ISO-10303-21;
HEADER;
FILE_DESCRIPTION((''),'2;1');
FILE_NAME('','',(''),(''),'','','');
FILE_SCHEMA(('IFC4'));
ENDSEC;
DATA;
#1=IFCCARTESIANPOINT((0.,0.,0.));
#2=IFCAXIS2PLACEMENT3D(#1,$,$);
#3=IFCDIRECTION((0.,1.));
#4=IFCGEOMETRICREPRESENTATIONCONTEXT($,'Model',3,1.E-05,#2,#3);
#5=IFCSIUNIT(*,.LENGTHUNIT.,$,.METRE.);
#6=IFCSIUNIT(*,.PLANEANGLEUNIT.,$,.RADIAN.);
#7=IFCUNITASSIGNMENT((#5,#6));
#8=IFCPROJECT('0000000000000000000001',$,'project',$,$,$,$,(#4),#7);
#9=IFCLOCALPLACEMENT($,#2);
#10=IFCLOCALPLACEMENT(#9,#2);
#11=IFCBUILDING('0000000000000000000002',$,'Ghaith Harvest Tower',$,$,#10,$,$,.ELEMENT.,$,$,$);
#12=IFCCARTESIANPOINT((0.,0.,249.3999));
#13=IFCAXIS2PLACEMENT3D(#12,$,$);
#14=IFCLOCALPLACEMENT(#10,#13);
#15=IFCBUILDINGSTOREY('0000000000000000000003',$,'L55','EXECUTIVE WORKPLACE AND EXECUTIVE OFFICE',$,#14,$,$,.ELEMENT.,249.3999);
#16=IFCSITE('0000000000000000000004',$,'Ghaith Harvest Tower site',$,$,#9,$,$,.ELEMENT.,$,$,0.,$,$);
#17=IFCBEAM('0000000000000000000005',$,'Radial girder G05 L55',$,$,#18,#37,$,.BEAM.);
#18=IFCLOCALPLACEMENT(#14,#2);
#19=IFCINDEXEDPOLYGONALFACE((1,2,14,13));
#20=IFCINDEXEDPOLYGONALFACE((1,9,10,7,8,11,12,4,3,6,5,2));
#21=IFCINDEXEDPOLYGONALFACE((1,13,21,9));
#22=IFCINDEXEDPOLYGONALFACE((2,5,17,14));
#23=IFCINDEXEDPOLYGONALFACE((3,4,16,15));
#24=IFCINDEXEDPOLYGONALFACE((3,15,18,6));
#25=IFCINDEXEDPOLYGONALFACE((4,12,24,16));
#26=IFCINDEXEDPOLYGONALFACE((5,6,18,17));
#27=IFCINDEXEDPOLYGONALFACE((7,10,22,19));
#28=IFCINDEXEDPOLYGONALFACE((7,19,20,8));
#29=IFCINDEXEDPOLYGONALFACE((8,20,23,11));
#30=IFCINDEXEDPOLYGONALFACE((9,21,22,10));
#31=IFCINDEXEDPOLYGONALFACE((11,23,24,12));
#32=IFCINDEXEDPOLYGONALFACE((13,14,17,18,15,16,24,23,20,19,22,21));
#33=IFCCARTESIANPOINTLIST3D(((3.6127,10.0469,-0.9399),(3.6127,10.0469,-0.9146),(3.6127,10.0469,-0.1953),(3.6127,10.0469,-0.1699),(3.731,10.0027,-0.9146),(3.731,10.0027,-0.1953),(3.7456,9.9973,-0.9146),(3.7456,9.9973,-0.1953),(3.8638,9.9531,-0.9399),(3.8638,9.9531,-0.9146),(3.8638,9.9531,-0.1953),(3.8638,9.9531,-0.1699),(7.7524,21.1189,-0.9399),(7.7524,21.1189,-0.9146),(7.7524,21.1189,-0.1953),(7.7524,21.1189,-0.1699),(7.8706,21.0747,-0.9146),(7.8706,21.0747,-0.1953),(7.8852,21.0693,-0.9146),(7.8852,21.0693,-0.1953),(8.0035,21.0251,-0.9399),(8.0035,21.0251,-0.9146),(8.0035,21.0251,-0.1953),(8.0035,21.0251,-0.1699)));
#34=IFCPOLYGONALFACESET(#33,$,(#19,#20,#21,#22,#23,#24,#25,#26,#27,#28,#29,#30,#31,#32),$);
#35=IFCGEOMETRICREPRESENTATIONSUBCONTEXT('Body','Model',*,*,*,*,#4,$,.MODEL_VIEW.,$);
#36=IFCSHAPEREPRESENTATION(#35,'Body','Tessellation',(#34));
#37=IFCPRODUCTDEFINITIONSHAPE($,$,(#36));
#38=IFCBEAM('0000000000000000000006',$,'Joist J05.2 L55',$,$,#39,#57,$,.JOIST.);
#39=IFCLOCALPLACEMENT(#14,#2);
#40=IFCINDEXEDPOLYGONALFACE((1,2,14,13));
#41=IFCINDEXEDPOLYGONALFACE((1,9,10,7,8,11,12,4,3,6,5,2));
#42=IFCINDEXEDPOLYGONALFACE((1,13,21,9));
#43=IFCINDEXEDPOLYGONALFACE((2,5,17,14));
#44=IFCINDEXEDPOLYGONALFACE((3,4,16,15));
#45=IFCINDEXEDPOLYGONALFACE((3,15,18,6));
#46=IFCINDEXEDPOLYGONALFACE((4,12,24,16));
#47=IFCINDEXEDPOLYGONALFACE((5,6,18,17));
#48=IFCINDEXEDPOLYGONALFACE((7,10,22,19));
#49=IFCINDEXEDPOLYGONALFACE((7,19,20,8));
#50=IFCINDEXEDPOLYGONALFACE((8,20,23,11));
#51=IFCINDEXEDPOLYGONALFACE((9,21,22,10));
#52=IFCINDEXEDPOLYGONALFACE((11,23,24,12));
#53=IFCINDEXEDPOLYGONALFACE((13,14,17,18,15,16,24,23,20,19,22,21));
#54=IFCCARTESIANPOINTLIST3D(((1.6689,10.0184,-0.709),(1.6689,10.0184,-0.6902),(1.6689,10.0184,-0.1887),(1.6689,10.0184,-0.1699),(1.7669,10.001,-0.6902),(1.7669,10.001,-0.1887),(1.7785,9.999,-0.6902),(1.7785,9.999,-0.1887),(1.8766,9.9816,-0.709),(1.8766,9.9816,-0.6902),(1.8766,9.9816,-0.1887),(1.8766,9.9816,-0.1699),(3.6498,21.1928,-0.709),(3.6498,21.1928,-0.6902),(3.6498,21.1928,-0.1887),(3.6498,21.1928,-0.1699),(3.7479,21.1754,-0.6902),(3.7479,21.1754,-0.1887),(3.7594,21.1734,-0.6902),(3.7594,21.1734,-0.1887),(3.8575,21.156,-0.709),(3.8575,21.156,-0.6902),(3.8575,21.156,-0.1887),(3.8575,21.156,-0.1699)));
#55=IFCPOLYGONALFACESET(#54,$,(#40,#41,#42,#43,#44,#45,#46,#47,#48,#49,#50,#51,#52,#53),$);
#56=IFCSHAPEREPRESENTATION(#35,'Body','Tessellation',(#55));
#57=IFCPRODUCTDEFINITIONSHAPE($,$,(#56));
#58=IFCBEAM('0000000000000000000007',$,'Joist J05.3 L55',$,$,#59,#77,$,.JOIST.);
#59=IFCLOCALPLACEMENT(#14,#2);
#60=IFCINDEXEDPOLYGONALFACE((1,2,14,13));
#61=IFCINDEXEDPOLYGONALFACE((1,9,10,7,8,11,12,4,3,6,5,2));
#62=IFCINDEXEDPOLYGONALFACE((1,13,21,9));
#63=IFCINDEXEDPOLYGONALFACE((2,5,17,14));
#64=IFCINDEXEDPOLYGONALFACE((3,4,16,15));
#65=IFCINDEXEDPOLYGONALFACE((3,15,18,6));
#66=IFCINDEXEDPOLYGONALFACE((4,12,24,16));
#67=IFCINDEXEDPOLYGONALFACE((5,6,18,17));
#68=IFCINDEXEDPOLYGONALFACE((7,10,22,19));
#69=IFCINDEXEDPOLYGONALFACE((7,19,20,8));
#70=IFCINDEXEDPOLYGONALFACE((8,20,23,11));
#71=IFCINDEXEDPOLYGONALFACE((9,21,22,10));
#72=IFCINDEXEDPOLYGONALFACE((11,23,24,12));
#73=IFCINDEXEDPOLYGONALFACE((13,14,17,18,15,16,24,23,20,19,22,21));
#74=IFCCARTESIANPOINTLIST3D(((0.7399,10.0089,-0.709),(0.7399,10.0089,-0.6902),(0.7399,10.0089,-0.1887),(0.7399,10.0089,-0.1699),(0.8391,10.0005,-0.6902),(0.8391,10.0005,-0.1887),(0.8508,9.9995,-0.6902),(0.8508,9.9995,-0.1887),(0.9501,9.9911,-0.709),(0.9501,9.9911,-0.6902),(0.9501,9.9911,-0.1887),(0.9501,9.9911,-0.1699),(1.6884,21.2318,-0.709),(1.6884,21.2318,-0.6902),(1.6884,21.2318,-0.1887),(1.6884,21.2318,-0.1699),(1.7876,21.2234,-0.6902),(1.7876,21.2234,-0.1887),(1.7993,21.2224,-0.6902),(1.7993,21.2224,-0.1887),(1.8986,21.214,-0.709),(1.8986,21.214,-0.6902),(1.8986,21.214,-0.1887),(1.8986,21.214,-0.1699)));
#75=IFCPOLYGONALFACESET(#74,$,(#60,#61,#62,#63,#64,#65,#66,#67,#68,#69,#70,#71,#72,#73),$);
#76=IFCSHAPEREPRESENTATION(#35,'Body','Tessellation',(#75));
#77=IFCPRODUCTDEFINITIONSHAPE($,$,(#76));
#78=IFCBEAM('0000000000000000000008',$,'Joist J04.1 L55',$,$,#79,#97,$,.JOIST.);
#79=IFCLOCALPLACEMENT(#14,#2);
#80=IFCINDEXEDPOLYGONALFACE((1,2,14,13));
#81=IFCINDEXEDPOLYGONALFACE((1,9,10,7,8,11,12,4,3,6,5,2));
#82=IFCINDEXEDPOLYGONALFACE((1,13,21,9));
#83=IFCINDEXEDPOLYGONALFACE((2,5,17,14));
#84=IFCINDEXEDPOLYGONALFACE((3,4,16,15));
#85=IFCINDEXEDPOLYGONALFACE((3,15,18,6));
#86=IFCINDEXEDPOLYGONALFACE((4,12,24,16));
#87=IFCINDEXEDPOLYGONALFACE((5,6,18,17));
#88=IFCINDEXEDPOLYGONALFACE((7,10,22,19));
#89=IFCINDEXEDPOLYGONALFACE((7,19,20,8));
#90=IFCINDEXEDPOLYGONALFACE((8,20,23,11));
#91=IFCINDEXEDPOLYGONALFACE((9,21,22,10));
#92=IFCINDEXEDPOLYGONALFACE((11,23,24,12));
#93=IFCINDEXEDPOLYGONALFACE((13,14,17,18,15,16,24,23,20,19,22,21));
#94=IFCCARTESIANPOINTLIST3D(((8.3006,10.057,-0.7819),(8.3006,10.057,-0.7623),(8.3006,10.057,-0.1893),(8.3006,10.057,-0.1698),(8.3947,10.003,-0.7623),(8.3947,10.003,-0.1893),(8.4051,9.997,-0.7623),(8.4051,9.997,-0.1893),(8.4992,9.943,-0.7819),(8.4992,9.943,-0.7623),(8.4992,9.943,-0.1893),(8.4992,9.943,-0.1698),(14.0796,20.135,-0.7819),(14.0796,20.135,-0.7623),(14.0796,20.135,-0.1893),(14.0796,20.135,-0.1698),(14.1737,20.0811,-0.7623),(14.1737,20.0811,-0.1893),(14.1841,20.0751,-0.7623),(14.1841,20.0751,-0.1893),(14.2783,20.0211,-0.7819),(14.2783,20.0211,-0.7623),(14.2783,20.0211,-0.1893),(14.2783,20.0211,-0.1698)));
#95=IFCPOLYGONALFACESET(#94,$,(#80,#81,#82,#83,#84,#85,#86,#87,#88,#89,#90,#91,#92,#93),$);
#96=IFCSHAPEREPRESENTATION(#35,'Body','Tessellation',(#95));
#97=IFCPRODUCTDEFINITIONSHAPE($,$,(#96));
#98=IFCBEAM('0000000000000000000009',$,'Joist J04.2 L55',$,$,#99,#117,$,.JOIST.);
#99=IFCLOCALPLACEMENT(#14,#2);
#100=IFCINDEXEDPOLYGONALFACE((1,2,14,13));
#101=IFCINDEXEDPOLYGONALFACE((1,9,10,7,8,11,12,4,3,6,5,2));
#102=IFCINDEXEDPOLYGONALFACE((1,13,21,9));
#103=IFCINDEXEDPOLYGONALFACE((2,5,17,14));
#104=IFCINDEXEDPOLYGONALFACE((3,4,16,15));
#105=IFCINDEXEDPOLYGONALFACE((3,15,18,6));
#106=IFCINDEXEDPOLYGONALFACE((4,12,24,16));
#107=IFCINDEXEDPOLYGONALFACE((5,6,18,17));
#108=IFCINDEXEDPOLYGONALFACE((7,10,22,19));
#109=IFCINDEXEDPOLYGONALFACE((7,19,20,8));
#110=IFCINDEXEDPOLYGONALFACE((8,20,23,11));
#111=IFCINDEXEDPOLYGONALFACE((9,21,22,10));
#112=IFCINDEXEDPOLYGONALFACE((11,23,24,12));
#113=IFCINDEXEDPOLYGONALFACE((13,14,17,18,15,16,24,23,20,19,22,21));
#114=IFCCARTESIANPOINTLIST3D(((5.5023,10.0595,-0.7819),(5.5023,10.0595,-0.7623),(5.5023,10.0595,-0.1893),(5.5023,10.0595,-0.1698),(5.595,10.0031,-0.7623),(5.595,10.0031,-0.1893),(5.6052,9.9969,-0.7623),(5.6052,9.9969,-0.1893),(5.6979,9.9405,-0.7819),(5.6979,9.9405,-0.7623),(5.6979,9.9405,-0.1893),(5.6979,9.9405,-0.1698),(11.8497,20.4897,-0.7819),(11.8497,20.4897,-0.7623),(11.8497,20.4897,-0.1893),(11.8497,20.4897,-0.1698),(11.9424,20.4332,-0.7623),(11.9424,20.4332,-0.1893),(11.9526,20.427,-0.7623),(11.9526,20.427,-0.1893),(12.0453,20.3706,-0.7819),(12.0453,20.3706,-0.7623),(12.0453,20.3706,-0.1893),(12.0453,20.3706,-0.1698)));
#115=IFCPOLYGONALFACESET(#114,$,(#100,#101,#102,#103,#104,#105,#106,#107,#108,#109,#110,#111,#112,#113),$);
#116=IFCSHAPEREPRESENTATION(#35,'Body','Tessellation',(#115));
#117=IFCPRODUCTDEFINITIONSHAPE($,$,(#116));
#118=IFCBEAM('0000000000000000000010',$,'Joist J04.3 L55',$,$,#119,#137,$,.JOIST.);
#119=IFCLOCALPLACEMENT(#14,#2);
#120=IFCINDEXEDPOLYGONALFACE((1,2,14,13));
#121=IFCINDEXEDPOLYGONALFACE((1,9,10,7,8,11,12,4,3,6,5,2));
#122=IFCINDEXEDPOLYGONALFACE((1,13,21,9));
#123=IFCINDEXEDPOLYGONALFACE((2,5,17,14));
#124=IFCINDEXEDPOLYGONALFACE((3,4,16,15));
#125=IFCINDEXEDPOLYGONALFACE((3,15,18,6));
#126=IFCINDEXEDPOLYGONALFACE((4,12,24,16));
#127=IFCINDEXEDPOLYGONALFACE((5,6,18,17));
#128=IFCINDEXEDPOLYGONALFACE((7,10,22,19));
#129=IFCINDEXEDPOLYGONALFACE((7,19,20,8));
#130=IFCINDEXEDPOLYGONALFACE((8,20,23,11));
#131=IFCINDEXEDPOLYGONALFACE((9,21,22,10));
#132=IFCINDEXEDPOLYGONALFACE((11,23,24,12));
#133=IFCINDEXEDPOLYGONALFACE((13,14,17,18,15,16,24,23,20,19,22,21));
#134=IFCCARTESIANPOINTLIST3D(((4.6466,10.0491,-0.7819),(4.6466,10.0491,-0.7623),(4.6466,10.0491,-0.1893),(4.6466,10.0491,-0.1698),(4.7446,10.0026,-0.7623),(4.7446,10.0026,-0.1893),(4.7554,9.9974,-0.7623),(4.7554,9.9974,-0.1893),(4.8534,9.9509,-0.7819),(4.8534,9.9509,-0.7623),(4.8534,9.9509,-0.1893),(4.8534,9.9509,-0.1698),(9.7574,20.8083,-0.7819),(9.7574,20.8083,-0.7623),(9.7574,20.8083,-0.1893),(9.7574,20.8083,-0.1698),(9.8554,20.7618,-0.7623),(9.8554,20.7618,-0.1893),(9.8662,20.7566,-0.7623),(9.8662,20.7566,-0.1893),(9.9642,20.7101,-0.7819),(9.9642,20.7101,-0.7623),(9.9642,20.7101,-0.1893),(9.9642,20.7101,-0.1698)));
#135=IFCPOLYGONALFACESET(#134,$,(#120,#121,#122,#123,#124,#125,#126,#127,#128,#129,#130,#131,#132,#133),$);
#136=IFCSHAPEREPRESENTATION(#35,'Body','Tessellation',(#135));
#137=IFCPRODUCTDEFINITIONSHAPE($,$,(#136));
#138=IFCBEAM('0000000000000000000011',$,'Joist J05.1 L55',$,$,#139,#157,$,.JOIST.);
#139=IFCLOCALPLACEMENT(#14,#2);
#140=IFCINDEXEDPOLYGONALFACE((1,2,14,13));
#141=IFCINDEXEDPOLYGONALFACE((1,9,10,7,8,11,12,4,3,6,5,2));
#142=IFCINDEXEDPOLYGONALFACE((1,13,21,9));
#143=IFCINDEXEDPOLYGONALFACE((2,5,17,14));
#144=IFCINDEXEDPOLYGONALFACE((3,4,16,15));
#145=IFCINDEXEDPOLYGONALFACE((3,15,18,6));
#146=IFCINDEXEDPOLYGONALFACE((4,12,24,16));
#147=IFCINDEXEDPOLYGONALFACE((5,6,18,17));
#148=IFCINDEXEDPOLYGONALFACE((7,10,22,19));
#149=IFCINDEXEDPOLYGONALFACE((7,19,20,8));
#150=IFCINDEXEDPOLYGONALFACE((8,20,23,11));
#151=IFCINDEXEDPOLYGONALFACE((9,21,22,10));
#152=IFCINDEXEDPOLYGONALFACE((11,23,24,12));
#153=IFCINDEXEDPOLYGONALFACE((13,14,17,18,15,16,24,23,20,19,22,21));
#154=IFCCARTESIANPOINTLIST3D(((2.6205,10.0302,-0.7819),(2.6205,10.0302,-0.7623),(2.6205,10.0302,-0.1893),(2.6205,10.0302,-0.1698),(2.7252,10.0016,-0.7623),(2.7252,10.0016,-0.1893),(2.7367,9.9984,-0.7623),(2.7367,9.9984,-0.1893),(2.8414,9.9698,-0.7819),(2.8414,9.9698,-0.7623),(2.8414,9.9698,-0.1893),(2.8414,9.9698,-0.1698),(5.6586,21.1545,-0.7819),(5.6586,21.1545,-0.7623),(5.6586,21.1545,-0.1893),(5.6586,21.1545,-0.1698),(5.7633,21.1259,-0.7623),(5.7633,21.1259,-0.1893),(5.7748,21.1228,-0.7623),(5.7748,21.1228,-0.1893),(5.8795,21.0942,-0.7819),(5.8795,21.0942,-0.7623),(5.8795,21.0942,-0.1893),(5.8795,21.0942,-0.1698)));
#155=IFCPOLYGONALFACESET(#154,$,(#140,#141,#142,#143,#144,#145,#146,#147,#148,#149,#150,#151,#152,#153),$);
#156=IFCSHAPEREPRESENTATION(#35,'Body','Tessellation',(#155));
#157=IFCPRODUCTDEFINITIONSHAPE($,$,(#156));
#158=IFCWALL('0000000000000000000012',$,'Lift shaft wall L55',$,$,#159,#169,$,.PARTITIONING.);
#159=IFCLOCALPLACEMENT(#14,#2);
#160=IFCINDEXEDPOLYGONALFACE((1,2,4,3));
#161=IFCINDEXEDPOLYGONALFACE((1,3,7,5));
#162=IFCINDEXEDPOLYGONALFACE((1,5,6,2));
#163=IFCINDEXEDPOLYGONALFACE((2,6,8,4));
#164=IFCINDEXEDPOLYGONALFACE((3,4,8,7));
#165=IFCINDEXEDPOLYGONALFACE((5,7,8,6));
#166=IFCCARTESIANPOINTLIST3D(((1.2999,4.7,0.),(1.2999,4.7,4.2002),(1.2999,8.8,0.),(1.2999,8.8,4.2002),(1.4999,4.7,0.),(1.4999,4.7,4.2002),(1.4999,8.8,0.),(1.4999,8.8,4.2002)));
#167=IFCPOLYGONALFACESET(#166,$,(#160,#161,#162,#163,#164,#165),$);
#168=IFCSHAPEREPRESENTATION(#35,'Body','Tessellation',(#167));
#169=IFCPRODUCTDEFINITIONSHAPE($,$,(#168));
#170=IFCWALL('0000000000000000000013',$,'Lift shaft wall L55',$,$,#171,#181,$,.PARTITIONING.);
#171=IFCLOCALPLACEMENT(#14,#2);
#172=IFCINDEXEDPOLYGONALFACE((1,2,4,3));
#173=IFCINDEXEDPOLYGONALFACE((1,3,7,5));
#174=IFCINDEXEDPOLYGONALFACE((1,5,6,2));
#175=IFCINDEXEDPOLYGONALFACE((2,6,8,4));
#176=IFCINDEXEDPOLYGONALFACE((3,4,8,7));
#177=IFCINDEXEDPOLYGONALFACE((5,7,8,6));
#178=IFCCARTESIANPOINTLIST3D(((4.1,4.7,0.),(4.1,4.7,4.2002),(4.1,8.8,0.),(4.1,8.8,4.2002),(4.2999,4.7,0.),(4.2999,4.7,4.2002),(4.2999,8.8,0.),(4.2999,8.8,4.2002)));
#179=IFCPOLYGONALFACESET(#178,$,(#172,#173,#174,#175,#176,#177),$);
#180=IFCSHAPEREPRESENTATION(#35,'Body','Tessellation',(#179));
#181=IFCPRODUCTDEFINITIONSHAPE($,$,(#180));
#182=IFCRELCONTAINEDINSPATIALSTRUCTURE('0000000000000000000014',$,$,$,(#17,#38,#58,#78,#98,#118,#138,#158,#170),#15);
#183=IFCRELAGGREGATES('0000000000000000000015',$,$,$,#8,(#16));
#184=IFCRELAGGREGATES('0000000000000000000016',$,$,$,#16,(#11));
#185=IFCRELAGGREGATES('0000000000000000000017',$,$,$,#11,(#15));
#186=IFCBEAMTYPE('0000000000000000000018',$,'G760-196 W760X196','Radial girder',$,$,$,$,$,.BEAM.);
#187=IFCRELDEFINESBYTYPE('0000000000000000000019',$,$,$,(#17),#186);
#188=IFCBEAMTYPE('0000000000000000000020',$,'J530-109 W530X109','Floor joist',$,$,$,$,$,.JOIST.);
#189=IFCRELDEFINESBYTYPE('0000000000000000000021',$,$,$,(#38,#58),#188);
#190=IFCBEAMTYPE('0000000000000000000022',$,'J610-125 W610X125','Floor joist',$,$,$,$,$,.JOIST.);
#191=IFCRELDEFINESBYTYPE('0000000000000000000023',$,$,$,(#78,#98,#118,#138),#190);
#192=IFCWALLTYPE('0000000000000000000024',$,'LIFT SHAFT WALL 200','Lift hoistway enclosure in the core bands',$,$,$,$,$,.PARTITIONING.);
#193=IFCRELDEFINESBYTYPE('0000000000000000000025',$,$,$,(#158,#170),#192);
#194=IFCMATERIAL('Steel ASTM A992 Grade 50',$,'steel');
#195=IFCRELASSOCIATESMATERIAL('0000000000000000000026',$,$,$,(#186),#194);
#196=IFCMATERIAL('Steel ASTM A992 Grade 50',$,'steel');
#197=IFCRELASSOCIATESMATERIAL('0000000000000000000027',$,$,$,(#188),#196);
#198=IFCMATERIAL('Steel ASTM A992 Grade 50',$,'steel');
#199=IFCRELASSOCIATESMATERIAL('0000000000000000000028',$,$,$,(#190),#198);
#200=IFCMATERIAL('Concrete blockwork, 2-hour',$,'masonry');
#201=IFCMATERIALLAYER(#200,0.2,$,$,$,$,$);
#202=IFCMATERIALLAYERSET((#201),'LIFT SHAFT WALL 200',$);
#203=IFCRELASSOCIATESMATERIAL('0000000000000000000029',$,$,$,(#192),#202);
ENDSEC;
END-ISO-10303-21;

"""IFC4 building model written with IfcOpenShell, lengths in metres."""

from ifc_helpers import new_model, si_unit, direction, frame, frame_2d, origin, origin_2d, place, context, subcontext, project, spatial, rectangle, i_section, extrude, material, layer, layer_set, material_profile, profile_set, type_object, element, save


model = new_model("IFC4")

# Units and contexts
model_context = context("Model", 3, precision=1e-05, world=origin(), true_north=direction((0.0, 1.0)))
body_context = subcontext(model_context, "Body", "Model", "MODEL_VIEW")
ifc_project = project(units=[si_unit("LENGTHUNIT", "METRE"), si_unit("PLANEANGLEUNIT", "RADIAN")], contexts=[model_context])

# Site, building, storey
site_placement = place(None, origin())
site = spatial("IfcSite", under=ifc_project, at=site_placement, Name="Ghaith Harvest Tower site", CompositionType="ELEMENT", RefElevation=0.0)
building_placement = place(site_placement, origin())
building = spatial("IfcBuilding", under=site, at=building_placement, Name="Ghaith Harvest Tower", CompositionType="ELEMENT")
storey_placement = place(building_placement, frame((0.0, 0.0, 249.3999)))
storey = spatial("IfcBuildingStorey", under=building, at=storey_placement, Name="L55", Description="EXECUTIVE WORKPLACE AND EXECUTIVE OFFICE", CompositionType="ELEMENT", Elevation=249.3999)

# Beams
ifc_material_1 = material(Name="Steel ASTM A992 Grade 50", Category="steel")
ifc_material_profile_1 = material_profile(ifc_material_1, i_section(OverallWidth=0.2681, OverallDepth=0.77, WebThickness=0.0156, FlangeThickness=0.0254, at=origin_2d()), Name="W760X196")
ifc_profile_set_1 = profile_set([ifc_material_profile_1], Name="Steel ASTM A992 Grade 50")
beam_type_1 = type_object("IfcBeamType", Name="G760-196 W760X196", Description="Radial girder", PredefinedType="BEAM", material=ifc_profile_set_1)
beam_1_placement = place(storey_placement, frame((3.7383, 10.0, -0.5549), z_axis=(0.350207, 0.936672, 0.0), x_axis=(-0.936672, 0.350207, 0.0)))
element("IfcBeam", 1, at=beam_1_placement, inside=storey, type_object=beam_type_1, Name="Radial girder G05 L55", PredefinedType="BEAM", context=body_context, shape_type="SweptSolid", body=[
    extrude(i_section(OverallWidth=0.2681, OverallDepth=0.77, WebThickness=0.0156, FlangeThickness=0.0254, at=origin_2d()), origin(), (0.0, 0.0, 1.0), 11.8206),
])
ifc_material_2 = material(Name="Steel ASTM A992 Grade 50", Category="steel")
ifc_material_profile_2 = material_profile(ifc_material_2, i_section(OverallWidth=0.2109, OverallDepth=0.5391, WebThickness=0.0117, FlangeThickness=0.0188, at=origin_2d()), Name="W530X109")
ifc_profile_set_2 = profile_set([ifc_material_profile_2], Name="Steel ASTM A992 Grade 50")
beam_type_2 = type_object("IfcBeamType", Name="J530-109 W530X109", Description="Floor joist", PredefinedType="JOIST", material=ifc_profile_set_2)
beam_2_placement = place(storey_placement, frame((1.7727, 10.0, -0.4395), z_axis=(0.174556, 0.984647, 0.0), x_axis=(-0.984647, 0.174556, 0.0)))
element("IfcBeam", 2, at=beam_2_placement, inside=storey, type_object=beam_type_2, Name="Joist J05.2 L55", PredefinedType="JOIST", context=body_context, shape_type="SweptSolid", body=[
    extrude(i_section(OverallWidth=0.2109, OverallDepth=0.5391, WebThickness=0.0117, FlangeThickness=0.0188, at=origin_2d()), origin(), (0.0, 0.0, 1.0), 11.3486),
])
beam_3_placement = place(storey_placement, frame((0.845, 10.0, -0.4395), z_axis=(0.084213, 0.996448, 0.0), x_axis=(-0.996448, 0.084213, 0.0)))
element("IfcBeam", 3, at=beam_3_placement, inside=storey, type_object=beam_type_2, Name="Joist J05.3 L55", PredefinedType="JOIST", context=body_context, shape_type="SweptSolid", body=[
    extrude(i_section(OverallWidth=0.2109, OverallDepth=0.5391, WebThickness=0.0117, FlangeThickness=0.0188, at=origin_2d()), origin(), (0.0, 0.0, 1.0), 11.2629),
])
ifc_material_3 = material(Name="Steel ASTM A992 Grade 50", Category="steel")
ifc_material_profile_3 = material_profile(ifc_material_3, i_section(OverallWidth=0.229, OverallDepth=0.6121, WebThickness=0.012, FlangeThickness=0.0195, at=origin_2d()), Name="W610X125")
ifc_profile_set_3 = profile_set([ifc_material_profile_3], Name="Steel ASTM A992 Grade 50")
beam_type_3 = type_object("IfcBeamType", Name="J610-125 W610X125", Description="Floor joist", PredefinedType="JOIST", material=ifc_profile_set_3)
beam_4_placement = place(storey_placement, frame((8.3999, 10.0, -0.4758), z_axis=(0.497444, 0.867496, 0.0), x_axis=(-0.867496, 0.497444, 0.0)))
element("IfcBeam", 4, at=beam_4_placement, inside=storey, type_object=beam_type_3, Name="Joist J04.1 L55", PredefinedType="JOIST", context=body_context, shape_type="SweptSolid", body=[
    extrude(i_section(OverallWidth=0.229, OverallDepth=0.6121, WebThickness=0.012, FlangeThickness=0.0195, at=origin_2d()), origin(), (0.0, 0.0, 1.0), 11.6174),
])
beam_5_placement = place(storey_placement, frame((5.6001, 10.0, -0.4758), z_axis=(0.519864, 0.854249, 0.0), x_axis=(-0.854249, 0.519864, 0.0)))
element("IfcBeam", 5, at=beam_5_placement, inside=storey, type_object=beam_type_3, Name="Joist J04.2 L55", PredefinedType="JOIST", context=body_context, shape_type="SweptSolid", body=[
    extrude(i_section(OverallWidth=0.229, OverallDepth=0.6121, WebThickness=0.012, FlangeThickness=0.0195, at=origin_2d()), origin(), (0.0, 0.0, 1.0), 12.2097),
])
beam_6_placement = place(storey_placement, frame((4.75, 10.0, -0.4758), z_axis=(0.429069, 0.903272, 0.0), x_axis=(-0.903272, 0.429069, 0.0)))
element("IfcBeam", 6, at=beam_6_placement, inside=storey, type_object=beam_type_3, Name="Joist J04.3 L55", PredefinedType="JOIST", context=body_context, shape_type="SweptSolid", body=[
    extrude(i_section(OverallWidth=0.229, OverallDepth=0.6121, WebThickness=0.012, FlangeThickness=0.0195, at=origin_2d()), origin(), (0.0, 0.0, 1.0), 11.9114),
])
beam_7_placement = place(storey_placement, frame((2.731, 10.0, -0.4758), z_axis=(0.263456, 0.964671, 0.0), x_axis=(-0.964671, 0.263456, 0.0)))
element("IfcBeam", 7, at=beam_7_placement, inside=storey, type_object=beam_type_3, Name="Joist J05.1 L55", PredefinedType="JOIST", context=body_context, shape_type="SweptSolid", body=[
    extrude(i_section(OverallWidth=0.229, OverallDepth=0.6121, WebThickness=0.012, FlangeThickness=0.0195, at=origin_2d()), origin(), (0.0, 0.0, 1.0), 11.5317),
])

# Walls
ifc_material_4 = material(Name="Concrete blockwork, 2-hour", Category="masonry")
ifc_layer_1 = layer(ifc_material_4, 0.2)
ifc_layer_set_1 = layer_set([ifc_layer_1], Name="LIFT SHAFT WALL 200")
wall_type_1 = type_object("IfcWallType", Name="LIFT SHAFT WALL 200", Description="Lift hoistway enclosure in the core bands", PredefinedType="PARTITIONING", material=ifc_layer_set_1)
for number, where, z_axis, x_axis, name in (
    (8, (1.3999, 4.7, 0.0), (0.0, 0.0, 1.0), (0.0, 1.0, 0.0), "Lift shaft wall L55"),
    (9, (4.2, 4.7, 0.0), (0.0, 0.0, 1.0), (0.0, 1.0, 0.0), "Lift shaft wall L55"),
):
    element("IfcWall", number, at=place(storey_placement, frame(where, z_axis=z_axis, x_axis=x_axis)), inside=storey, type_object=wall_type_1, Name=name, PredefinedType="PARTITIONING", context=body_context, shape_type="SweptSolid", body=[
        extrude(rectangle(XDim=4.1001, YDim=0.2, at=frame_2d((2.05, 0.0))), origin(), (0.0, 0.0, 1.0), 4.2002),
    ])

save(model, "model.ifc")
